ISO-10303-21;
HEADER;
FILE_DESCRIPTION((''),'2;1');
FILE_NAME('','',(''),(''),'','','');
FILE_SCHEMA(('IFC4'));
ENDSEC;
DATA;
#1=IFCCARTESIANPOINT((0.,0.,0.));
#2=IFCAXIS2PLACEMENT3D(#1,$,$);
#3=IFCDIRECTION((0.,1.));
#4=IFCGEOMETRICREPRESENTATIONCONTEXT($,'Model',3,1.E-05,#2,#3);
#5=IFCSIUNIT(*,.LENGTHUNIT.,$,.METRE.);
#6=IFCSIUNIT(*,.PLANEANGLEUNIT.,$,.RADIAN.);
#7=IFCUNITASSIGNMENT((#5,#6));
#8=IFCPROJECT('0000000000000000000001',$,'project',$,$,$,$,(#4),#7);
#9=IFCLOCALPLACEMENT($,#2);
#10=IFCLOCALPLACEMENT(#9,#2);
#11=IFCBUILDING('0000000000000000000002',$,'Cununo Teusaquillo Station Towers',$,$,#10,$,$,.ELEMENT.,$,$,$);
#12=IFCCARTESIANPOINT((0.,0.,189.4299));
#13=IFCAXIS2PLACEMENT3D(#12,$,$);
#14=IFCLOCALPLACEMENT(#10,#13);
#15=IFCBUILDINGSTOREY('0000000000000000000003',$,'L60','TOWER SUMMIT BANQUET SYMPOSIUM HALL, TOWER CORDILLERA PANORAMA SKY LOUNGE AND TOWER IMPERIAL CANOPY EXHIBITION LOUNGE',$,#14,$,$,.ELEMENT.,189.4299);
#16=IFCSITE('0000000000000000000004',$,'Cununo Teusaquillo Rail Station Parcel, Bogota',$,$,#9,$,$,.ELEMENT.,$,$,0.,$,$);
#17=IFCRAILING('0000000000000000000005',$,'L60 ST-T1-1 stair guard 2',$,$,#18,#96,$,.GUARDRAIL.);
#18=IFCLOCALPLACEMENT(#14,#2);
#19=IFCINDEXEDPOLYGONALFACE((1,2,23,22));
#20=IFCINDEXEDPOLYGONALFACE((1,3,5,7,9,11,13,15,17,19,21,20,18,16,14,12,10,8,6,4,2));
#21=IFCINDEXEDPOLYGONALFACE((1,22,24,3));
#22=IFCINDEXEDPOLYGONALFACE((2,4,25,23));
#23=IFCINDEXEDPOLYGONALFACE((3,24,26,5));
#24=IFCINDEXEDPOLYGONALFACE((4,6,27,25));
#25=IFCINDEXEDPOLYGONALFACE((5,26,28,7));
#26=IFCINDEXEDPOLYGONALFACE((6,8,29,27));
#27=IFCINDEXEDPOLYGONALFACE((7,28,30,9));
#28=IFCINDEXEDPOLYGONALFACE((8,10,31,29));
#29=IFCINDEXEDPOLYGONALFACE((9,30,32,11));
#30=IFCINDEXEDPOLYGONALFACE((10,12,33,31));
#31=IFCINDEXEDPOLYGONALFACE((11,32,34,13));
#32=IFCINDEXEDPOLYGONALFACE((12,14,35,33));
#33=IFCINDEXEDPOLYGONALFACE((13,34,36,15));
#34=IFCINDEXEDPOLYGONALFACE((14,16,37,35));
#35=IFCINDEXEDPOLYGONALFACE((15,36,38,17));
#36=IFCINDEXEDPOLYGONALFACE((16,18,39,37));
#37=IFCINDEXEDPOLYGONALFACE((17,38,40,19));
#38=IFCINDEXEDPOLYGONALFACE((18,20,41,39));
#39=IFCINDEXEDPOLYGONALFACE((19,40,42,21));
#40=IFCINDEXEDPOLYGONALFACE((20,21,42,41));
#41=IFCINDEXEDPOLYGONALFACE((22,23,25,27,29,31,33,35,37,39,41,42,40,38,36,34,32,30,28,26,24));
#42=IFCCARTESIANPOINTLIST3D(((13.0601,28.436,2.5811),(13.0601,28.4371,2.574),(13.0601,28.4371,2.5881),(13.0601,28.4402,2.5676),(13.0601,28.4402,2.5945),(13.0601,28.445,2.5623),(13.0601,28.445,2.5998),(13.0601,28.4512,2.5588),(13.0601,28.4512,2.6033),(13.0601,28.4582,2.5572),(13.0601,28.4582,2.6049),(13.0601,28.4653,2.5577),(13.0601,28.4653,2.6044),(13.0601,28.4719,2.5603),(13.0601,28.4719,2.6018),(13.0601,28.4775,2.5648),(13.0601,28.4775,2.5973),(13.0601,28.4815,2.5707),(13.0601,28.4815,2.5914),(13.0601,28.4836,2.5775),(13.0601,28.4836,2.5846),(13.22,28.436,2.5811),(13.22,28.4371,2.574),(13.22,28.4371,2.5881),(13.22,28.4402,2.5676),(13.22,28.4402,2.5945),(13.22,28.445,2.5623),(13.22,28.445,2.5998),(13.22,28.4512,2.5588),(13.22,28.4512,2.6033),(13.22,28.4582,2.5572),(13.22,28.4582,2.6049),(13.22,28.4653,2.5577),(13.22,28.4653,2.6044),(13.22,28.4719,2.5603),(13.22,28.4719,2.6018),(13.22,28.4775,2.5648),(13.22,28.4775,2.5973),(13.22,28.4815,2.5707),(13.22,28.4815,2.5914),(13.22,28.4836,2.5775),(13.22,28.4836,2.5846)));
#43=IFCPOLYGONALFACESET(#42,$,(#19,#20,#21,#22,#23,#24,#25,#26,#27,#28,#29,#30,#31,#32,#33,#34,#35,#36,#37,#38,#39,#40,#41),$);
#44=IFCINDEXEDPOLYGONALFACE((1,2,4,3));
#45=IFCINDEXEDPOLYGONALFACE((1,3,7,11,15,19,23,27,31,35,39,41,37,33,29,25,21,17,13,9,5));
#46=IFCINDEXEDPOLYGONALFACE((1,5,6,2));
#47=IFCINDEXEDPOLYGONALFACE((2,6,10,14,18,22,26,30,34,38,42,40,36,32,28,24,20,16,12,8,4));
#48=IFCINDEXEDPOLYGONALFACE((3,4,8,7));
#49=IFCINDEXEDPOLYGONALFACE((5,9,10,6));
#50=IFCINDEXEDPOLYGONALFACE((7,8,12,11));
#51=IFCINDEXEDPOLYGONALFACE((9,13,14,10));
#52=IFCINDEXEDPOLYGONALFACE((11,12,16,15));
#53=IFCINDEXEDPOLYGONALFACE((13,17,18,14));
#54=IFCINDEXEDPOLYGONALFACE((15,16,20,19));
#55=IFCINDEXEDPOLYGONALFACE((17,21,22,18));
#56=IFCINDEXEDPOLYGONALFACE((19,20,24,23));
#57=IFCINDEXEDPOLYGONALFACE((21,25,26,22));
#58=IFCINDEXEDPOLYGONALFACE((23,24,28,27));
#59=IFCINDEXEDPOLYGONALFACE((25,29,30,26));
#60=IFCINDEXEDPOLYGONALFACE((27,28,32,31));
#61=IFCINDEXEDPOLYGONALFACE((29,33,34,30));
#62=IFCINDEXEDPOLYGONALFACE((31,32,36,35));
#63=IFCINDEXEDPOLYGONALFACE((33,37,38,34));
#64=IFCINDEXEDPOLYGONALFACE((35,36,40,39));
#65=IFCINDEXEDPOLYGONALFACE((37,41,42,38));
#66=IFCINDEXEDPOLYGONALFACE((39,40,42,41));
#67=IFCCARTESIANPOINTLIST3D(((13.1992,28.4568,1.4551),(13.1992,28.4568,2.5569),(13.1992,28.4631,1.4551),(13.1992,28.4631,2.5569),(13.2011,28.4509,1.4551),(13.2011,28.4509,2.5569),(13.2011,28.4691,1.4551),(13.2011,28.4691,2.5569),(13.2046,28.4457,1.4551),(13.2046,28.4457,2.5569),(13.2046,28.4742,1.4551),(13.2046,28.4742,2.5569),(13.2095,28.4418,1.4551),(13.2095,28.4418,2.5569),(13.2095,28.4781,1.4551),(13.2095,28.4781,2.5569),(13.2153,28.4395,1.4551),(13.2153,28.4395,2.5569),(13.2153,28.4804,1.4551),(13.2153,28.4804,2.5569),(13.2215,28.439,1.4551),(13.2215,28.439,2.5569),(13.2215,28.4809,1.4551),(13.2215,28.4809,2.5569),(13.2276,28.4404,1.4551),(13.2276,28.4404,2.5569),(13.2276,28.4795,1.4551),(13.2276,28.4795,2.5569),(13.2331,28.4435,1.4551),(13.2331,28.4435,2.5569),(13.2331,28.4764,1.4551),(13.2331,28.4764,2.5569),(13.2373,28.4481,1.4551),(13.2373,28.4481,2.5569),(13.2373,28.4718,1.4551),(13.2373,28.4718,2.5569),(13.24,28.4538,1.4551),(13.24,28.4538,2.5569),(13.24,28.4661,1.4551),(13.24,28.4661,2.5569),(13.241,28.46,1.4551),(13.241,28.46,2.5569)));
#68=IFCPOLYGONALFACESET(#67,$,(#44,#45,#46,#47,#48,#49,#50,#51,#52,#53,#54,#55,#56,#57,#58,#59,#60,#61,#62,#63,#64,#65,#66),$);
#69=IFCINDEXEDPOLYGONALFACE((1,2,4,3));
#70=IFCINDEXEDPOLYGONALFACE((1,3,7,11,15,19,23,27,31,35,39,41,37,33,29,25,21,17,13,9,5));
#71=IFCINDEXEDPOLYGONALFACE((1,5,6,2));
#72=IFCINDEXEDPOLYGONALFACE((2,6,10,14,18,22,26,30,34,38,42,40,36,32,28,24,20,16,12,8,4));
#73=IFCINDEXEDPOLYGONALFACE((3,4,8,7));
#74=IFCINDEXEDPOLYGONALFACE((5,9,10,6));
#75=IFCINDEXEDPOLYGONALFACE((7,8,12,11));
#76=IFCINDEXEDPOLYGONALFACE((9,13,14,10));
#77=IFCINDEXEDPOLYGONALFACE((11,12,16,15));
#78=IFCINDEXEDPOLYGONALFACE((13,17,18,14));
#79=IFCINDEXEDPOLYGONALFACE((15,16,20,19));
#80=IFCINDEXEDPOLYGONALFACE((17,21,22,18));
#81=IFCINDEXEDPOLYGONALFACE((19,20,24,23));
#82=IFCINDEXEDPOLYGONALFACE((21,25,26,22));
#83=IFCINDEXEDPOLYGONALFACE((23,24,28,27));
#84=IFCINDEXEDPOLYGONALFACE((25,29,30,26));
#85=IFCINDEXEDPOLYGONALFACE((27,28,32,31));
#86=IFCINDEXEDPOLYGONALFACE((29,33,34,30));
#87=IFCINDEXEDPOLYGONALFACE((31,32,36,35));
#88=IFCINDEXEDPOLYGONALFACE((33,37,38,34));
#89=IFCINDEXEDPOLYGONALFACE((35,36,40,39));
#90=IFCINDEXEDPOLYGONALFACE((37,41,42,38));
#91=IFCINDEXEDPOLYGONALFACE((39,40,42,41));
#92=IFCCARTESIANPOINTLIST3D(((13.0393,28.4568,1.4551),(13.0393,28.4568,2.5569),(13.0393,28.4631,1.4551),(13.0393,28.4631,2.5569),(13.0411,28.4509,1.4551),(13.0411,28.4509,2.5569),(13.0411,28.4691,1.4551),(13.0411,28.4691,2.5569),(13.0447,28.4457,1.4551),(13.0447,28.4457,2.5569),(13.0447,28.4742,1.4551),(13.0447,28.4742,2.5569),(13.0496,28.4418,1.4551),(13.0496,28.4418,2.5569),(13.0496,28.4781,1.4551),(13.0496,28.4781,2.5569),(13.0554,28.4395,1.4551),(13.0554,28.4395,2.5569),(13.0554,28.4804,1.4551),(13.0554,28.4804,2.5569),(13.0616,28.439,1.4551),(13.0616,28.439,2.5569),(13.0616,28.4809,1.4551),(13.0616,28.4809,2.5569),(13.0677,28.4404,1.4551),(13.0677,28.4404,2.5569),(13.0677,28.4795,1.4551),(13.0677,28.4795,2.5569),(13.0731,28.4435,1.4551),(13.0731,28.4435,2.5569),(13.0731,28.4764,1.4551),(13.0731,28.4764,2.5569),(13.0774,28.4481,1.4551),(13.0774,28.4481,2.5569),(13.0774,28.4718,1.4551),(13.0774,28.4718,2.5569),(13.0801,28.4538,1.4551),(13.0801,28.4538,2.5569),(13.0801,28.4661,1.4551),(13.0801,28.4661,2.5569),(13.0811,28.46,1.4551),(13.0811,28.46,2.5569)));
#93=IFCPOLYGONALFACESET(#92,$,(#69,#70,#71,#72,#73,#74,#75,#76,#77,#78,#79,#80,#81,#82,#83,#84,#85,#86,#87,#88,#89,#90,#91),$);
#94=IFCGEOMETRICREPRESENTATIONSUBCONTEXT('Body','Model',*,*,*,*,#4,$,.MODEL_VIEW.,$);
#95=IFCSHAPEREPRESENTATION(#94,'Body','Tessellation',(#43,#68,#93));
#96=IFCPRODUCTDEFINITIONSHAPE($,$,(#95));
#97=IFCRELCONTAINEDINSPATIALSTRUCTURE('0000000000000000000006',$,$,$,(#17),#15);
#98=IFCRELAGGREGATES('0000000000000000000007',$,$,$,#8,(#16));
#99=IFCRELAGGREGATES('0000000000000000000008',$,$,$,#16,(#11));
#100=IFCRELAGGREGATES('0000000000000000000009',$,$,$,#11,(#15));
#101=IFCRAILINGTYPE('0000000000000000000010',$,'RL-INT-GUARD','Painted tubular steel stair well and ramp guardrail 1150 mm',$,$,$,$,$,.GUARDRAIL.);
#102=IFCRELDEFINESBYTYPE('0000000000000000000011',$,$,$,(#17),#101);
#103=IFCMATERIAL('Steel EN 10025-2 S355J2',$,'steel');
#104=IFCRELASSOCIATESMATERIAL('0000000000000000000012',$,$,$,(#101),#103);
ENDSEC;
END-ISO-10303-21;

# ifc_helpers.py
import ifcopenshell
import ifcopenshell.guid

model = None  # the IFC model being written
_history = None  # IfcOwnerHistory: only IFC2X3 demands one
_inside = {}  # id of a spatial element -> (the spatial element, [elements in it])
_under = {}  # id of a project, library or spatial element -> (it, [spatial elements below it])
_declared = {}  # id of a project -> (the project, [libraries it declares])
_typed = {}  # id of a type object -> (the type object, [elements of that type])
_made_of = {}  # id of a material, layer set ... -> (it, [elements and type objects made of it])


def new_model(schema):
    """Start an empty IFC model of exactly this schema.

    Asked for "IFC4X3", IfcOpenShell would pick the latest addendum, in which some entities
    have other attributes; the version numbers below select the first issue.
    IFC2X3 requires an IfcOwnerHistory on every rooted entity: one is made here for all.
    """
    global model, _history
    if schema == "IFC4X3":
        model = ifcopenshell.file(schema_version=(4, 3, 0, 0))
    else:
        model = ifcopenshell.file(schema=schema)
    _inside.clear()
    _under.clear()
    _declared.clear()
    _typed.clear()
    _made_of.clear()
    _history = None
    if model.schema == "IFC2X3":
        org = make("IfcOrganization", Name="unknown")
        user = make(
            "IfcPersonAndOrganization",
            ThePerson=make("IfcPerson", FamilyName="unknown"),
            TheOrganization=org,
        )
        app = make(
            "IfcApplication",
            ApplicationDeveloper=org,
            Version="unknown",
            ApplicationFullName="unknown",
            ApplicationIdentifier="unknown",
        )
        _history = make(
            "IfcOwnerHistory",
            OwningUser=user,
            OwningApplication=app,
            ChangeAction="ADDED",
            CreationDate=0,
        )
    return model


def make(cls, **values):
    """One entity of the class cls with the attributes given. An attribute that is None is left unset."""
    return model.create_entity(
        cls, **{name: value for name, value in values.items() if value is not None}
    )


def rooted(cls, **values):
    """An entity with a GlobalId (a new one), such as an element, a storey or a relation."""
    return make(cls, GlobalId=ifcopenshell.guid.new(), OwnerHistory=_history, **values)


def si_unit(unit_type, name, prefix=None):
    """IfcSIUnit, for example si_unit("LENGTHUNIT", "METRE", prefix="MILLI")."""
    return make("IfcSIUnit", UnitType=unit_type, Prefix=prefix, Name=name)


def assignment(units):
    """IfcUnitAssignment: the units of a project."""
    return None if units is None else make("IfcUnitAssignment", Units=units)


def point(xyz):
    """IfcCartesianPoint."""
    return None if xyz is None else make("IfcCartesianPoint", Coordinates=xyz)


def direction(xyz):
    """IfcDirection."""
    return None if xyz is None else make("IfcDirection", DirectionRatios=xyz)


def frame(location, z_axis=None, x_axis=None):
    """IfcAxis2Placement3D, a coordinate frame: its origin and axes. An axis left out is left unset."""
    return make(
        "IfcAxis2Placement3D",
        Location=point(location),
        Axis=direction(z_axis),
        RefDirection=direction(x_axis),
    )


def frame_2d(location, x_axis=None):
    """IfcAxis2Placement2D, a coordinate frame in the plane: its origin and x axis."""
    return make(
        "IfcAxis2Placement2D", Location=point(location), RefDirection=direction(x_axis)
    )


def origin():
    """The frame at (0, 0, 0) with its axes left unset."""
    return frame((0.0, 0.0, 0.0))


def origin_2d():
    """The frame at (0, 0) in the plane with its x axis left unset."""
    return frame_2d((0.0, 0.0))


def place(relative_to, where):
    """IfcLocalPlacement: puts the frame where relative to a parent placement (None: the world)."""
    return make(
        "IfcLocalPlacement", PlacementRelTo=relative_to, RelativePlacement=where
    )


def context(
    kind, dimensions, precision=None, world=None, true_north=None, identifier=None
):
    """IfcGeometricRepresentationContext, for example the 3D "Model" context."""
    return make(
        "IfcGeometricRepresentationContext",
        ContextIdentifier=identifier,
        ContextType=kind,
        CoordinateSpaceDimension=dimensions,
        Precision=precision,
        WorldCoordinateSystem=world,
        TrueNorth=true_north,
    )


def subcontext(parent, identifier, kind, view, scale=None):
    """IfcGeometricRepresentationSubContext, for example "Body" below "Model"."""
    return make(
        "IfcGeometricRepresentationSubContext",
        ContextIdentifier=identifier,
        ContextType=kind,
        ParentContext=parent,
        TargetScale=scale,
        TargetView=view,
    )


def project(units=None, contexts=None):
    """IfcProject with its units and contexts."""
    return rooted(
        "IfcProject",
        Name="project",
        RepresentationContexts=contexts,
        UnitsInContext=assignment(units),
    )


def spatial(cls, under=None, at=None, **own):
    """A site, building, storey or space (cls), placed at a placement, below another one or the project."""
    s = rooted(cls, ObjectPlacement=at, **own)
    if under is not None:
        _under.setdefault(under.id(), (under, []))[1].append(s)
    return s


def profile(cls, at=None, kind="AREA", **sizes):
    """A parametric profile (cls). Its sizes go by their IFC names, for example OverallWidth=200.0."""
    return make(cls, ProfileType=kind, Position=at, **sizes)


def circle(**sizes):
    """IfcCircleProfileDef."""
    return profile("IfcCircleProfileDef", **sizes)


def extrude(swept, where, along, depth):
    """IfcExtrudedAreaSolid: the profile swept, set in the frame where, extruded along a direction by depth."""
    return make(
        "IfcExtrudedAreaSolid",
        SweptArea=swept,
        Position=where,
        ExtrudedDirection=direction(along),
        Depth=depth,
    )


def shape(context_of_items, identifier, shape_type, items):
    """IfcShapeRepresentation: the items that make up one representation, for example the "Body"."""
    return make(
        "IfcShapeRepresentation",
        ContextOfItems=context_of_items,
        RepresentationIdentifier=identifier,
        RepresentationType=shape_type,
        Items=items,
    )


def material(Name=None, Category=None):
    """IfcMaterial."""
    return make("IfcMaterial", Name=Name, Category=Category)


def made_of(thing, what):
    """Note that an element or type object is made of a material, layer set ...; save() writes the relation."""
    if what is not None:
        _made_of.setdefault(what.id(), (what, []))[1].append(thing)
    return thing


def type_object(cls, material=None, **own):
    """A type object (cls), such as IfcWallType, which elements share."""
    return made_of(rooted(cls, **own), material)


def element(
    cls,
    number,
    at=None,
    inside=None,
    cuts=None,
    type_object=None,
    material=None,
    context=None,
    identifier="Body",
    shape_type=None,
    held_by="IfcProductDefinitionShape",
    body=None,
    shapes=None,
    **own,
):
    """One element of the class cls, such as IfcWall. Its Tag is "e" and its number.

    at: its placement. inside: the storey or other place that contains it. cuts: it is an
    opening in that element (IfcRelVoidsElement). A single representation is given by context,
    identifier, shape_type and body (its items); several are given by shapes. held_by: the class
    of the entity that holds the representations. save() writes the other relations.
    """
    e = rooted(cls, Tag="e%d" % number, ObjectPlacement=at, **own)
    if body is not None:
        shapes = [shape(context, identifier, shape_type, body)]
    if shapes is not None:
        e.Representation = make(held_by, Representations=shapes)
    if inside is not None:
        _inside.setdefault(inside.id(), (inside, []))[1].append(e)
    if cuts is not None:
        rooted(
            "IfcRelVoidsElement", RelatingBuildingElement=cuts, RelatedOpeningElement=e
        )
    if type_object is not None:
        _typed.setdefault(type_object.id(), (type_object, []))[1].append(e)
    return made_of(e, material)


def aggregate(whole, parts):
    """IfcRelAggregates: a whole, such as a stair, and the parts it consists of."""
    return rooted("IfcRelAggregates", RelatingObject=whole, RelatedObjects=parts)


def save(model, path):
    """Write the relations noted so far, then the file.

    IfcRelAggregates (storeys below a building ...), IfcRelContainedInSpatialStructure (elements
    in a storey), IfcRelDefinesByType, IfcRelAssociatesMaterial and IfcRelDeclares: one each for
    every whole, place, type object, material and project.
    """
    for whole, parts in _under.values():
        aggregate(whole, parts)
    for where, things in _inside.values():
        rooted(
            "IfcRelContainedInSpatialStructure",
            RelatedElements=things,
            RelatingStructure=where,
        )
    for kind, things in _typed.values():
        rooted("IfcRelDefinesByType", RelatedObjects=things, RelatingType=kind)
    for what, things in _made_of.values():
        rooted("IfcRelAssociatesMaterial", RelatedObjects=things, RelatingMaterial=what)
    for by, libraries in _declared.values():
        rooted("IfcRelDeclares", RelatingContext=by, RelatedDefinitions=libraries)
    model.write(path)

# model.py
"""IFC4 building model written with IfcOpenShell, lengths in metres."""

from ifc_helpers import new_model, si_unit, direction, frame, origin, origin_2d, place, context, subcontext, project, spatial, circle, extrude, material, type_object, element, save


model = new_model("IFC4")

# Units and contexts
model_context = context("Model", 3, precision=1e-05, world=origin(), true_north=direction((0.0, 1.0)))
body_context = subcontext(model_context, "Body", "Model", "MODEL_VIEW")
ifc_project = project(units=[si_unit("LENGTHUNIT", "METRE"), si_unit("PLANEANGLEUNIT", "RADIAN")], contexts=[model_context])

# Site, building, storey
site_placement = place(None, origin())
site = spatial("IfcSite", under=ifc_project, at=site_placement, Name="Cununo Teusaquillo Rail Station Parcel, Bogota", CompositionType="ELEMENT", RefElevation=0.0)
building_placement = place(site_placement, origin())
building = spatial("IfcBuilding", under=site, at=building_placement, Name="Cununo Teusaquillo Station Towers", CompositionType="ELEMENT")
storey_placement = place(building_placement, frame((0.0, 0.0, 189.4299)))
storey = spatial("IfcBuildingStorey", under=building, at=storey_placement, Name="L60", Description="TOWER SUMMIT BANQUET SYMPOSIUM HALL, TOWER CORDILLERA PANORAMA SKY LOUNGE AND TOWER IMPERIAL CANOPY EXHIBITION LOUNGE", CompositionType="ELEMENT", Elevation=189.4299)

# Railing
ifc_material_1 = material(Name="Steel EN 10025-2 S355J2", Category="steel")
railing_type_1 = type_object("IfcRailingType", Name="RL-INT-GUARD", Description="Painted tubular steel stair well and ramp guardrail 1150 mm", PredefinedType="GUARDRAIL", material=ifc_material_1)
railing_1_placement = place(storey_placement, frame((13.22, 28.46, 1.4551)))
element("IfcRailing", 1, at=railing_1_placement, inside=storey, type_object=railing_type_1, Name="L60 ST-T1-1 stair guard 2", PredefinedType="GUARDRAIL", context=body_context, shape_type="SweptSolid", body=[
    extrude(circle(Radius=0.0239, at=origin_2d()), frame((0.0, 0.0, 1.126), z_axis=(-1.0, 0.0, 0.0), x_axis=(0.0, -1.0, 0.0)), (0.0, 0.0, 1.0), 0.1599),
    extrude(circle(Radius=0.021, at=origin_2d()), origin(), (0.0, 0.0, 1.0), 1.1018),
    extrude(circle(Radius=0.021, at=origin_2d()), frame((-0.1599, 0.0, 0.0)), (0.0, 0.0, 1.0), 1.1018),
])

save(model, "model.ifc")
